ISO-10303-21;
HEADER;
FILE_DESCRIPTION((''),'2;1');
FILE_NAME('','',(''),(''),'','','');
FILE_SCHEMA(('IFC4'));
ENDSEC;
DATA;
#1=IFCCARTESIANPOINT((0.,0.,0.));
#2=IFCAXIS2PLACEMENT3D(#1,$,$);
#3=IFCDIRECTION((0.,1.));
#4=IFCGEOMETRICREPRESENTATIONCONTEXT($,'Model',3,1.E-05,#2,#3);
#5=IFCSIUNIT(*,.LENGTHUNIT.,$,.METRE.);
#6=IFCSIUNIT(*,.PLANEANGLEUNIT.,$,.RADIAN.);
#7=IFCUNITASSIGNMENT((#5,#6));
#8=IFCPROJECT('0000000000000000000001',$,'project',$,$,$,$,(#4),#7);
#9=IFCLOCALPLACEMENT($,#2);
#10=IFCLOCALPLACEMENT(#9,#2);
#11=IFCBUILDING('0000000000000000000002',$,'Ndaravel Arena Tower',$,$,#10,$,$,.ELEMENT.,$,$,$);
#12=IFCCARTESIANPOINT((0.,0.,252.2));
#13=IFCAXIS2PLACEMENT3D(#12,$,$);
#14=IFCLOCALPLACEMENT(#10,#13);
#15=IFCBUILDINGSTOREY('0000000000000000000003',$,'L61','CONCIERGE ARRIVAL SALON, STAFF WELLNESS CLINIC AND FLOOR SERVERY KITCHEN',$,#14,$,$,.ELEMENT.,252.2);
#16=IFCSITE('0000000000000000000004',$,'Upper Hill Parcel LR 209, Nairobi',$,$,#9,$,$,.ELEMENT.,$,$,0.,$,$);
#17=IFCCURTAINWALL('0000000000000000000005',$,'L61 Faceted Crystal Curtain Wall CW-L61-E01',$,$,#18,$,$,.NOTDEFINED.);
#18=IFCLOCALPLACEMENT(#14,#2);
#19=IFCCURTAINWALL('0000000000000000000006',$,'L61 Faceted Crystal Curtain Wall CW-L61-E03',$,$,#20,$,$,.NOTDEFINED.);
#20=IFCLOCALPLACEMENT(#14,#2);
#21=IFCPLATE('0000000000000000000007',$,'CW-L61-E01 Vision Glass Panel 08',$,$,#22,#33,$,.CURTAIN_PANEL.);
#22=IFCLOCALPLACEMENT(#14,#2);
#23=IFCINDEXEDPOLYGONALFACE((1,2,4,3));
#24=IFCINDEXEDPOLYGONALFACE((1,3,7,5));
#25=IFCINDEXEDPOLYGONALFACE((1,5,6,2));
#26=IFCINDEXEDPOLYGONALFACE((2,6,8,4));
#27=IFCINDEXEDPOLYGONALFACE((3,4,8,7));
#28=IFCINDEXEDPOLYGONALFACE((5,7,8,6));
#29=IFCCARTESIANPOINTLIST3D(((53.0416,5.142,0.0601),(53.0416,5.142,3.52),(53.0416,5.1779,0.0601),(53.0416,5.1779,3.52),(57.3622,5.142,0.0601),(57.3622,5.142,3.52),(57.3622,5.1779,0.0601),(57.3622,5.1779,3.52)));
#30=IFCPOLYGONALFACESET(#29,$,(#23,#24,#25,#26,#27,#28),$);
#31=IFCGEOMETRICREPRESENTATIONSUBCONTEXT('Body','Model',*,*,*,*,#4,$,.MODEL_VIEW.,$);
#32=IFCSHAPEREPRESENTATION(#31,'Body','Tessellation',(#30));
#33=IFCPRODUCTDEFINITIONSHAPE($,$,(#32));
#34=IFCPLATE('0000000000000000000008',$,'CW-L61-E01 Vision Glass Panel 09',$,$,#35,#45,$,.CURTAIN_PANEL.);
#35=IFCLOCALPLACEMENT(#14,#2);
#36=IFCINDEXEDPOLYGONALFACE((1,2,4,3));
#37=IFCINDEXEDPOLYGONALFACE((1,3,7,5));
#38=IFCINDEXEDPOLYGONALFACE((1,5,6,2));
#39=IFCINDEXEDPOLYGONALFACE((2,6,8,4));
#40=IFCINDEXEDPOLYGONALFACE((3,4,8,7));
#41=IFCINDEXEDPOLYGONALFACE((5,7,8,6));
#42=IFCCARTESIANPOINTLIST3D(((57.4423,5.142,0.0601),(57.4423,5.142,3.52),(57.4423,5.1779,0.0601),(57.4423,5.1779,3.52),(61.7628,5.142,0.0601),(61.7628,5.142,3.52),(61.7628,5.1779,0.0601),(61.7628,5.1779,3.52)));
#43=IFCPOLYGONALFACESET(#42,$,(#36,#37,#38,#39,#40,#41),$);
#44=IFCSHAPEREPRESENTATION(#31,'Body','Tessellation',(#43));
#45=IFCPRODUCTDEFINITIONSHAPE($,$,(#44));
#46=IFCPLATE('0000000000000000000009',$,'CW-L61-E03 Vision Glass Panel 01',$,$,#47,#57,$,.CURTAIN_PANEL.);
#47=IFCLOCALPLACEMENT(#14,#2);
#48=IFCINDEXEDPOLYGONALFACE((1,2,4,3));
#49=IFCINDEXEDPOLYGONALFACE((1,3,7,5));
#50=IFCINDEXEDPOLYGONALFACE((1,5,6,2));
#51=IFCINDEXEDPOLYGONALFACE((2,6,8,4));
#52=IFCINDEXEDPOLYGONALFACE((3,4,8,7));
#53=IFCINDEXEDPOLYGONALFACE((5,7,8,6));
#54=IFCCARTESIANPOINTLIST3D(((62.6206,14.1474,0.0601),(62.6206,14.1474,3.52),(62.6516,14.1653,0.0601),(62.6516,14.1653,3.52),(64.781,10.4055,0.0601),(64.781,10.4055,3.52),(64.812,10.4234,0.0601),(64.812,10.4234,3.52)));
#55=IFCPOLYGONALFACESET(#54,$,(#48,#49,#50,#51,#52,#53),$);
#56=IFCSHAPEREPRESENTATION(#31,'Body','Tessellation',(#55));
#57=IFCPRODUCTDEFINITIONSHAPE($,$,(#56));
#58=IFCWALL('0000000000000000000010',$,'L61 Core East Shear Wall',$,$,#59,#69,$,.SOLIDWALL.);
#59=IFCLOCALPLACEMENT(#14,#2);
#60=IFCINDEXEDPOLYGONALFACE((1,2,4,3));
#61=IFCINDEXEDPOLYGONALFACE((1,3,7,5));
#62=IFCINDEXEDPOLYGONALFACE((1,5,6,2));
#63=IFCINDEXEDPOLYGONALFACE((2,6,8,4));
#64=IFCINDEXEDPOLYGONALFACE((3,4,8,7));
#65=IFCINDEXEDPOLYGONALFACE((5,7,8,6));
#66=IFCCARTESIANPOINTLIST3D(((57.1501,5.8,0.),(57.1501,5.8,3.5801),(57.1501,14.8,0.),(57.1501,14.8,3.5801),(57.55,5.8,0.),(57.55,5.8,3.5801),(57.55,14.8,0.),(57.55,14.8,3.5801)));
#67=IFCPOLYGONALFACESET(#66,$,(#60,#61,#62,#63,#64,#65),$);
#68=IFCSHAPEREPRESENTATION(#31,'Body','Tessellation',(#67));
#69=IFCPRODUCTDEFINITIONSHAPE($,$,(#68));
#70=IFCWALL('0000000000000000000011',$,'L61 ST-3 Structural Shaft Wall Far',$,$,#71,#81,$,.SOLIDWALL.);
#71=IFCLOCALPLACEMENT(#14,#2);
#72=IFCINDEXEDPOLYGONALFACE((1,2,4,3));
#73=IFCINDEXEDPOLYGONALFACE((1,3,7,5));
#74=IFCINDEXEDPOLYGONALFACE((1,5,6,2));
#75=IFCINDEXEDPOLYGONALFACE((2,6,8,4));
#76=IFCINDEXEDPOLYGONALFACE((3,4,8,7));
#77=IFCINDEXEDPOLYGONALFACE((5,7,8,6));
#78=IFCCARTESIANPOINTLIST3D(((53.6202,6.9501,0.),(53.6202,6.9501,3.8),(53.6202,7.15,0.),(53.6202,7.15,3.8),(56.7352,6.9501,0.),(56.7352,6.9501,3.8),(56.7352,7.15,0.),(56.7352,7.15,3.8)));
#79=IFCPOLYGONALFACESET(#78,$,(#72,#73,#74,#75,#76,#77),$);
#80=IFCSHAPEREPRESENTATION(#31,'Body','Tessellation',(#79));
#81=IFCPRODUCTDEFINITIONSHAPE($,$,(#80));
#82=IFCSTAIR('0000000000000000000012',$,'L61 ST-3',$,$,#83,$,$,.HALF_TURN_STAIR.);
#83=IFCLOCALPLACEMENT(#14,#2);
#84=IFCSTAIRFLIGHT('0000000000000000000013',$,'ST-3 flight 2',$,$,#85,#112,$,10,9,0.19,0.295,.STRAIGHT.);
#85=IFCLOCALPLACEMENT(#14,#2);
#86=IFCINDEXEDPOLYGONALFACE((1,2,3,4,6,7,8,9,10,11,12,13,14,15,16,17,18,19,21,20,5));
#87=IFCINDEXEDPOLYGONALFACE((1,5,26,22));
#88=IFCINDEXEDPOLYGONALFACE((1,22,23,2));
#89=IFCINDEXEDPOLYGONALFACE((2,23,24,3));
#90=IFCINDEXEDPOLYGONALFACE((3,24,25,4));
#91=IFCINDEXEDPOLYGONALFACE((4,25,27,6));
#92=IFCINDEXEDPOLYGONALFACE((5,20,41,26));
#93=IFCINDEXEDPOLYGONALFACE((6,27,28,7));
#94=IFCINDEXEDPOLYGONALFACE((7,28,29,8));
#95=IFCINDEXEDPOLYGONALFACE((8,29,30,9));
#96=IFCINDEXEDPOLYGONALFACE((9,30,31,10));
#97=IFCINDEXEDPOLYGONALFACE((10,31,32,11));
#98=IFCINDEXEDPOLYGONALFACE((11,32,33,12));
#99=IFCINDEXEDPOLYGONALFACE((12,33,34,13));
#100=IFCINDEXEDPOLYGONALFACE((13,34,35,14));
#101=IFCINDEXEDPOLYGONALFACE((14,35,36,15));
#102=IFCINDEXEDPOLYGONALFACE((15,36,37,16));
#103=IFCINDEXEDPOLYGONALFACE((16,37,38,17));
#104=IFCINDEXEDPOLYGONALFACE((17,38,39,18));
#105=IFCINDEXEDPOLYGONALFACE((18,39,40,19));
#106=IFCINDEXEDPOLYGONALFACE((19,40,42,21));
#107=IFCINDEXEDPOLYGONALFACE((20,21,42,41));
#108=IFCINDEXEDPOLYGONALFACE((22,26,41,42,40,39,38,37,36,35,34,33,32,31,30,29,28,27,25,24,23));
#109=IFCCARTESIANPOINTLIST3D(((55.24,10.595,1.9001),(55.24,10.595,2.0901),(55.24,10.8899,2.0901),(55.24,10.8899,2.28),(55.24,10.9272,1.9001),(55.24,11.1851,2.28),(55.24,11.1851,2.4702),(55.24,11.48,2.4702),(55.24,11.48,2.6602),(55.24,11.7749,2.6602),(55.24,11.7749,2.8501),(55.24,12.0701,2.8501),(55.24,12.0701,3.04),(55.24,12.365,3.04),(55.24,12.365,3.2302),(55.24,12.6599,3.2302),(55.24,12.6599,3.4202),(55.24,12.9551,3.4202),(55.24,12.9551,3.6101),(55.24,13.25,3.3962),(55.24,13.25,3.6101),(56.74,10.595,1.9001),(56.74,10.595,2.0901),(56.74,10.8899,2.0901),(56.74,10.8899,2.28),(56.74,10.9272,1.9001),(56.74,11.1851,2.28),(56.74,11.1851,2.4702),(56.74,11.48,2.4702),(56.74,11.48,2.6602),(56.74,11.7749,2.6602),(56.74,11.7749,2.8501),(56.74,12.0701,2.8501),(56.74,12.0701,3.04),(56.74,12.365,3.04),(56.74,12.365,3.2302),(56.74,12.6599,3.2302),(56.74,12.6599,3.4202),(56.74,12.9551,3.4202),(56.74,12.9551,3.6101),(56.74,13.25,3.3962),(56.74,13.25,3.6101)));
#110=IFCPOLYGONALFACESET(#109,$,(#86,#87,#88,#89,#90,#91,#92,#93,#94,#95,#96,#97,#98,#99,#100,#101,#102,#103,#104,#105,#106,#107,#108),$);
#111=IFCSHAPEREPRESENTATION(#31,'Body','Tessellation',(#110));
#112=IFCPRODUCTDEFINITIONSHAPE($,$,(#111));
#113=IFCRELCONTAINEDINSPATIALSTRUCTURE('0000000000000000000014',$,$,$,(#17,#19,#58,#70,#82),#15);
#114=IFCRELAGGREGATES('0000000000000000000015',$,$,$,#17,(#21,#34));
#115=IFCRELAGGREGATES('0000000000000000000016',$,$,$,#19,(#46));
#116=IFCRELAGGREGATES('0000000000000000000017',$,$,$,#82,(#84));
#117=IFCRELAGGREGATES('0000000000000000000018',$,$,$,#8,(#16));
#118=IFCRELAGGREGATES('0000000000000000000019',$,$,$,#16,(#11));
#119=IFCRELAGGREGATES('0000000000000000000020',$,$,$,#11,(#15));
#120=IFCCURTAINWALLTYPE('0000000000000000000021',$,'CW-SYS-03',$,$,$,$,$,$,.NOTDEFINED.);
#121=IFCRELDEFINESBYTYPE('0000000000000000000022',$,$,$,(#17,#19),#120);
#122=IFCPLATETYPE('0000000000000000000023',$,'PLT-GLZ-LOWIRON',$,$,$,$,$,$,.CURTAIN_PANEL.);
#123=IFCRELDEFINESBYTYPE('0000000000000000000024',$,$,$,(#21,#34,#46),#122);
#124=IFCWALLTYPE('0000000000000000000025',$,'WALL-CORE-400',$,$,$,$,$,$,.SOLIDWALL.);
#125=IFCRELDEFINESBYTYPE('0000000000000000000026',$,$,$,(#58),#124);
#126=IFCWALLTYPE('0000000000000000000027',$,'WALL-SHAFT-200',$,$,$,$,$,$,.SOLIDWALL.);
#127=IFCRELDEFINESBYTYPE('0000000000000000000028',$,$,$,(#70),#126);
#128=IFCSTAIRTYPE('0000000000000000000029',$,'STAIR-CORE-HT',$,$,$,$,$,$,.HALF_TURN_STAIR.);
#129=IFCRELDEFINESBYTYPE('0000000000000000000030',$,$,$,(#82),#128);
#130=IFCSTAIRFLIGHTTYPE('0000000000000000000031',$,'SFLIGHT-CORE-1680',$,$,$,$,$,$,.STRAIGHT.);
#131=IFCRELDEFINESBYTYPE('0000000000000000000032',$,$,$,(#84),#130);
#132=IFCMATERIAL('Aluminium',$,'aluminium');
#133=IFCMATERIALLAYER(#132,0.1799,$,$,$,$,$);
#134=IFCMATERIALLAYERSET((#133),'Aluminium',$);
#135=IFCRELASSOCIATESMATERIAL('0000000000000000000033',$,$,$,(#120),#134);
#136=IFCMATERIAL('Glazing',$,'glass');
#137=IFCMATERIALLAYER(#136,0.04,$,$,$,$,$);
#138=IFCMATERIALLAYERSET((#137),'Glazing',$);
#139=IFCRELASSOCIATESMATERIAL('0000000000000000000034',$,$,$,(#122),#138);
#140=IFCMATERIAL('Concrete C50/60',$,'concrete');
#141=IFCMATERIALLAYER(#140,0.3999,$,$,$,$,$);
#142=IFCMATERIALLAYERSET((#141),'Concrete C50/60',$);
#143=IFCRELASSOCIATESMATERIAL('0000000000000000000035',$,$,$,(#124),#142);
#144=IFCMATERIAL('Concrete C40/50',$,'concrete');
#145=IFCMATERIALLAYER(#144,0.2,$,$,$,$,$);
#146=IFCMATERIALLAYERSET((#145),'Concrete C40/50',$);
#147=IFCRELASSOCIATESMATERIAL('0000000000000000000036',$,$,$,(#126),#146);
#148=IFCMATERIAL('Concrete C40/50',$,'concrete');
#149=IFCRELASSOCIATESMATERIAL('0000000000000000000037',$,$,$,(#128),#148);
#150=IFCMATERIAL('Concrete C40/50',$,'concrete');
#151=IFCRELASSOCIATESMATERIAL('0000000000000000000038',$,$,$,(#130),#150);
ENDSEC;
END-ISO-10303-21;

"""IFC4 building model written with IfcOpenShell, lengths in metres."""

from ifc_helpers import new_model, si_unit, direction, frame, frame_2d, origin, origin_2d, place, context, subcontext, project, spatial, polyline, rectangle, outline, extrude, material, layer, layer_set, type_object, element, aggregate, save


model = new_model("IFC4")

# Units and contexts
model_context = context("Model", 3, precision=1e-05, world=origin(), true_north=direction((0.0, 1.0)))
body_context = subcontext(model_context, "Body", "Model", "MODEL_VIEW")
ifc_project = project(units=[si_unit("LENGTHUNIT", "METRE"), si_unit("PLANEANGLEUNIT", "RADIAN")], contexts=[model_context])

# Site, building, storey
site_placement = place(None, origin())
site = spatial("IfcSite", under=ifc_project, at=site_placement, Name="Upper Hill Parcel LR 209, Nairobi", CompositionType="ELEMENT", RefElevation=0.0)
building_placement = place(site_placement, origin())
building = spatial("IfcBuilding", under=site, at=building_placement, Name="Ndaravel Arena Tower", CompositionType="ELEMENT")
storey_placement = place(building_placement, frame((0.0, 0.0, 252.2)))
storey = spatial("IfcBuildingStorey", under=building, at=storey_placement, Name="L61", Description="CONCIERGE ARRIVAL SALON, STAFF WELLNESS CLINIC AND FLOOR SERVERY KITCHEN", CompositionType="ELEMENT", Elevation=252.2)

# Curtain walls
ifc_material_1 = material(Name="Aluminium", Category="aluminium")
ifc_layer_1 = layer(ifc_material_1, 0.1799)
ifc_layer_set_1 = layer_set([ifc_layer_1], Name="Aluminium")
curtain_wall_type_1 = type_object("IfcCurtainWallType", Name="CW-SYS-03", PredefinedType="NOTDEFINED", material=ifc_layer_set_1)
curtain_wall_1_placement = place(storey_placement, origin())
curtain_wall_1 = element("IfcCurtainWall", 1, at=curtain_wall_1_placement, inside=storey, type_object=curtain_wall_type_1, Name="L61 Faceted Crystal Curtain Wall CW-L61-E01", PredefinedType="NOTDEFINED")
curtain_wall_2_placement = place(storey_placement, origin())
curtain_wall_2 = element("IfcCurtainWall", 2, at=curtain_wall_2_placement, inside=storey, type_object=curtain_wall_type_1, Name="L61 Faceted Crystal Curtain Wall CW-L61-E03", PredefinedType="NOTDEFINED")

# Plates
ifc_material_2 = material(Name="Glazing", Category="glass")
ifc_layer_2 = layer(ifc_material_2, 0.04)
ifc_layer_set_2 = layer_set([ifc_layer_2], Name="Glazing")
plate_type_1 = type_object("IfcPlateType", Name="PLT-GLZ-LOWIRON", PredefinedType="CURTAIN_PANEL", material=ifc_layer_set_2)
plate_1_placement = place(storey_placement, frame((55.2019, 5.1599, 0.0601), z_axis=(0.0, 0.0, 1.0), x_axis=(1.0, 0.0, 0.0)))
plate_1 = element("IfcPlate", 3, at=plate_1_placement, type_object=plate_type_1, Name="CW-L61-E01 Vision Glass Panel 08", PredefinedType="CURTAIN_PANEL", context=body_context, shape_type="SweptSolid", body=[
    extrude(rectangle(XDim=4.3206, YDim=0.0359, at=origin_2d()), origin(), (0.0, 0.0, 1.0), 3.46),
])
plate_2_placement = place(storey_placement, frame((59.6025, 5.1599, 0.0601), z_axis=(0.0, 0.0, 1.0), x_axis=(1.0, 0.0, 0.0)))
plate_2 = element("IfcPlate", 4, at=plate_2_placement, type_object=plate_type_1, Name="CW-L61-E01 Vision Glass Panel 09", PredefinedType="CURTAIN_PANEL", context=body_context, shape_type="SweptSolid", body=[
    extrude(rectangle(XDim=4.3206, YDim=0.0359, at=origin_2d()), origin(), (0.0, 0.0, 1.0), 3.46),
])
aggregate(curtain_wall_1, [plate_1, plate_2])
plate_3_placement = place(storey_placement, frame((63.7163, 12.2854, 0.0601), z_axis=(0.0, 0.0, 1.0), x_axis=(-0.5, 0.866025, 0.0)))
plate_3 = element("IfcPlate", 5, at=plate_3_placement, type_object=plate_type_1, Name="CW-L61-E03 Vision Glass Panel 01", PredefinedType="CURTAIN_PANEL", context=body_context, shape_type="SweptSolid", body=[
    extrude(rectangle(XDim=4.3208, YDim=0.0359, at=origin_2d()), origin(), (0.0, 0.0, 1.0), 3.46),
])
aggregate(curtain_wall_2, [plate_3])

# Walls
ifc_material_3 = material(Name="Concrete C50/60", Category="concrete")
ifc_layer_3 = layer(ifc_material_3, 0.3999)
ifc_layer_set_3 = layer_set([ifc_layer_3], Name="Concrete C50/60")
wall_type_1 = type_object("IfcWallType", Name="WALL-CORE-400", PredefinedType="SOLIDWALL", material=ifc_layer_set_3)
wall_1_placement = place(storey_placement, frame((57.3501, 5.8, 0.0), z_axis=(0.0, 0.0, 1.0), x_axis=(0.0, 1.0, 0.0)))
element("IfcWall", 6, at=wall_1_placement, inside=storey, type_object=wall_type_1, Name="L61 Core East Shear Wall", PredefinedType="SOLIDWALL", context=body_context, shape_type="SweptSolid", body=[
    extrude(rectangle(XDim=9.0, YDim=0.3999, at=frame_2d((4.5, 0.0))), origin(), (0.0, 0.0, 1.0), 3.5801),
])
ifc_material_4 = material(Name="Concrete C40/50", Category="concrete")
ifc_layer_4 = layer(ifc_material_4, 0.2)
ifc_layer_set_4 = layer_set([ifc_layer_4], Name="Concrete C40/50")
wall_type_2 = type_object("IfcWallType", Name="WALL-SHAFT-200", PredefinedType="SOLIDWALL", material=ifc_layer_set_4)
wall_2_placement = place(storey_placement, frame((53.6201, 7.05, 0.0), z_axis=(0.0, 0.0, 1.0), x_axis=(1.0, 0.0, 0.0)))
element("IfcWall", 7, at=wall_2_placement, inside=storey, type_object=wall_type_2, Name="L61 ST-3 Structural Shaft Wall Far", PredefinedType="SOLIDWALL", context=body_context, shape_type="SweptSolid", body=[
    extrude(rectangle(XDim=3.115, YDim=0.2, at=frame_2d((1.5576, 0.0))), origin(), (0.0, 0.0, 1.0), 3.8),
])

# Stair, stair flight
ifc_material_5 = material(Name="Concrete C40/50", Category="concrete")
stair_type = type_object("IfcStairType", Name="STAIR-CORE-HT", PredefinedType="HALF_TURN_STAIR", material=ifc_material_5)
stair_placement = place(storey_placement, origin())
stair = element("IfcStair", 8, at=stair_placement, inside=storey, type_object=stair_type, Name="L61 ST-3", PredefinedType="HALF_TURN_STAIR")
ifc_material_6 = material(Name="Concrete C40/50", Category="concrete")
stair_flight_type = type_object("IfcStairFlightType", Name="SFLIGHT-CORE-1680", PredefinedType="STRAIGHT", material=ifc_material_6)
stair_flight_placement = place(storey_placement, frame((55.99, 10.595, 1.9001), z_axis=(0.0, 0.0, 1.0), x_axis=(0.0, 1.0, 0.0)))
stair_flight = element("IfcStairFlight", 9, at=stair_flight_placement, type_object=stair_flight_type, Name="ST-3 flight 2", NumberOfRisers=10, NumberOfTreads=9, PredefinedType="STRAIGHT", RiserHeight=0.19, TreadLength=0.295, context=body_context, shape_type="SweptSolid", body=[
    extrude(outline(polyline([(0.0, 0.0), (0.0, 0.1899), (0.2949, 0.1899), (0.2949, 0.3799), (0.5901, 0.3799), (0.5901, 0.5701), (0.885, 0.5701), (0.885, 0.76), (1.1799, 0.76), (1.1799, 0.95), (1.4751, 0.95), (1.4751, 1.1399), (1.77, 1.1399), (1.77, 1.3301), (2.0649, 1.3301), (2.0649, 1.52), (2.3601, 1.52), (2.3601, 1.71), (2.655, 1.71), (2.655, 1.8999), (2.655, 1.4961), (0.3323, 0.0), (0.0, 0.0)])), frame((0.0, 0.75, 0.0), z_axis=(0.0, -1.0, 0.0), x_axis=(1.0, 0.0, 0.0)), (0.0, 0.0, 1.0), 1.5),
])
aggregate(stair, [stair_flight])

save(model, "model.ifc")
